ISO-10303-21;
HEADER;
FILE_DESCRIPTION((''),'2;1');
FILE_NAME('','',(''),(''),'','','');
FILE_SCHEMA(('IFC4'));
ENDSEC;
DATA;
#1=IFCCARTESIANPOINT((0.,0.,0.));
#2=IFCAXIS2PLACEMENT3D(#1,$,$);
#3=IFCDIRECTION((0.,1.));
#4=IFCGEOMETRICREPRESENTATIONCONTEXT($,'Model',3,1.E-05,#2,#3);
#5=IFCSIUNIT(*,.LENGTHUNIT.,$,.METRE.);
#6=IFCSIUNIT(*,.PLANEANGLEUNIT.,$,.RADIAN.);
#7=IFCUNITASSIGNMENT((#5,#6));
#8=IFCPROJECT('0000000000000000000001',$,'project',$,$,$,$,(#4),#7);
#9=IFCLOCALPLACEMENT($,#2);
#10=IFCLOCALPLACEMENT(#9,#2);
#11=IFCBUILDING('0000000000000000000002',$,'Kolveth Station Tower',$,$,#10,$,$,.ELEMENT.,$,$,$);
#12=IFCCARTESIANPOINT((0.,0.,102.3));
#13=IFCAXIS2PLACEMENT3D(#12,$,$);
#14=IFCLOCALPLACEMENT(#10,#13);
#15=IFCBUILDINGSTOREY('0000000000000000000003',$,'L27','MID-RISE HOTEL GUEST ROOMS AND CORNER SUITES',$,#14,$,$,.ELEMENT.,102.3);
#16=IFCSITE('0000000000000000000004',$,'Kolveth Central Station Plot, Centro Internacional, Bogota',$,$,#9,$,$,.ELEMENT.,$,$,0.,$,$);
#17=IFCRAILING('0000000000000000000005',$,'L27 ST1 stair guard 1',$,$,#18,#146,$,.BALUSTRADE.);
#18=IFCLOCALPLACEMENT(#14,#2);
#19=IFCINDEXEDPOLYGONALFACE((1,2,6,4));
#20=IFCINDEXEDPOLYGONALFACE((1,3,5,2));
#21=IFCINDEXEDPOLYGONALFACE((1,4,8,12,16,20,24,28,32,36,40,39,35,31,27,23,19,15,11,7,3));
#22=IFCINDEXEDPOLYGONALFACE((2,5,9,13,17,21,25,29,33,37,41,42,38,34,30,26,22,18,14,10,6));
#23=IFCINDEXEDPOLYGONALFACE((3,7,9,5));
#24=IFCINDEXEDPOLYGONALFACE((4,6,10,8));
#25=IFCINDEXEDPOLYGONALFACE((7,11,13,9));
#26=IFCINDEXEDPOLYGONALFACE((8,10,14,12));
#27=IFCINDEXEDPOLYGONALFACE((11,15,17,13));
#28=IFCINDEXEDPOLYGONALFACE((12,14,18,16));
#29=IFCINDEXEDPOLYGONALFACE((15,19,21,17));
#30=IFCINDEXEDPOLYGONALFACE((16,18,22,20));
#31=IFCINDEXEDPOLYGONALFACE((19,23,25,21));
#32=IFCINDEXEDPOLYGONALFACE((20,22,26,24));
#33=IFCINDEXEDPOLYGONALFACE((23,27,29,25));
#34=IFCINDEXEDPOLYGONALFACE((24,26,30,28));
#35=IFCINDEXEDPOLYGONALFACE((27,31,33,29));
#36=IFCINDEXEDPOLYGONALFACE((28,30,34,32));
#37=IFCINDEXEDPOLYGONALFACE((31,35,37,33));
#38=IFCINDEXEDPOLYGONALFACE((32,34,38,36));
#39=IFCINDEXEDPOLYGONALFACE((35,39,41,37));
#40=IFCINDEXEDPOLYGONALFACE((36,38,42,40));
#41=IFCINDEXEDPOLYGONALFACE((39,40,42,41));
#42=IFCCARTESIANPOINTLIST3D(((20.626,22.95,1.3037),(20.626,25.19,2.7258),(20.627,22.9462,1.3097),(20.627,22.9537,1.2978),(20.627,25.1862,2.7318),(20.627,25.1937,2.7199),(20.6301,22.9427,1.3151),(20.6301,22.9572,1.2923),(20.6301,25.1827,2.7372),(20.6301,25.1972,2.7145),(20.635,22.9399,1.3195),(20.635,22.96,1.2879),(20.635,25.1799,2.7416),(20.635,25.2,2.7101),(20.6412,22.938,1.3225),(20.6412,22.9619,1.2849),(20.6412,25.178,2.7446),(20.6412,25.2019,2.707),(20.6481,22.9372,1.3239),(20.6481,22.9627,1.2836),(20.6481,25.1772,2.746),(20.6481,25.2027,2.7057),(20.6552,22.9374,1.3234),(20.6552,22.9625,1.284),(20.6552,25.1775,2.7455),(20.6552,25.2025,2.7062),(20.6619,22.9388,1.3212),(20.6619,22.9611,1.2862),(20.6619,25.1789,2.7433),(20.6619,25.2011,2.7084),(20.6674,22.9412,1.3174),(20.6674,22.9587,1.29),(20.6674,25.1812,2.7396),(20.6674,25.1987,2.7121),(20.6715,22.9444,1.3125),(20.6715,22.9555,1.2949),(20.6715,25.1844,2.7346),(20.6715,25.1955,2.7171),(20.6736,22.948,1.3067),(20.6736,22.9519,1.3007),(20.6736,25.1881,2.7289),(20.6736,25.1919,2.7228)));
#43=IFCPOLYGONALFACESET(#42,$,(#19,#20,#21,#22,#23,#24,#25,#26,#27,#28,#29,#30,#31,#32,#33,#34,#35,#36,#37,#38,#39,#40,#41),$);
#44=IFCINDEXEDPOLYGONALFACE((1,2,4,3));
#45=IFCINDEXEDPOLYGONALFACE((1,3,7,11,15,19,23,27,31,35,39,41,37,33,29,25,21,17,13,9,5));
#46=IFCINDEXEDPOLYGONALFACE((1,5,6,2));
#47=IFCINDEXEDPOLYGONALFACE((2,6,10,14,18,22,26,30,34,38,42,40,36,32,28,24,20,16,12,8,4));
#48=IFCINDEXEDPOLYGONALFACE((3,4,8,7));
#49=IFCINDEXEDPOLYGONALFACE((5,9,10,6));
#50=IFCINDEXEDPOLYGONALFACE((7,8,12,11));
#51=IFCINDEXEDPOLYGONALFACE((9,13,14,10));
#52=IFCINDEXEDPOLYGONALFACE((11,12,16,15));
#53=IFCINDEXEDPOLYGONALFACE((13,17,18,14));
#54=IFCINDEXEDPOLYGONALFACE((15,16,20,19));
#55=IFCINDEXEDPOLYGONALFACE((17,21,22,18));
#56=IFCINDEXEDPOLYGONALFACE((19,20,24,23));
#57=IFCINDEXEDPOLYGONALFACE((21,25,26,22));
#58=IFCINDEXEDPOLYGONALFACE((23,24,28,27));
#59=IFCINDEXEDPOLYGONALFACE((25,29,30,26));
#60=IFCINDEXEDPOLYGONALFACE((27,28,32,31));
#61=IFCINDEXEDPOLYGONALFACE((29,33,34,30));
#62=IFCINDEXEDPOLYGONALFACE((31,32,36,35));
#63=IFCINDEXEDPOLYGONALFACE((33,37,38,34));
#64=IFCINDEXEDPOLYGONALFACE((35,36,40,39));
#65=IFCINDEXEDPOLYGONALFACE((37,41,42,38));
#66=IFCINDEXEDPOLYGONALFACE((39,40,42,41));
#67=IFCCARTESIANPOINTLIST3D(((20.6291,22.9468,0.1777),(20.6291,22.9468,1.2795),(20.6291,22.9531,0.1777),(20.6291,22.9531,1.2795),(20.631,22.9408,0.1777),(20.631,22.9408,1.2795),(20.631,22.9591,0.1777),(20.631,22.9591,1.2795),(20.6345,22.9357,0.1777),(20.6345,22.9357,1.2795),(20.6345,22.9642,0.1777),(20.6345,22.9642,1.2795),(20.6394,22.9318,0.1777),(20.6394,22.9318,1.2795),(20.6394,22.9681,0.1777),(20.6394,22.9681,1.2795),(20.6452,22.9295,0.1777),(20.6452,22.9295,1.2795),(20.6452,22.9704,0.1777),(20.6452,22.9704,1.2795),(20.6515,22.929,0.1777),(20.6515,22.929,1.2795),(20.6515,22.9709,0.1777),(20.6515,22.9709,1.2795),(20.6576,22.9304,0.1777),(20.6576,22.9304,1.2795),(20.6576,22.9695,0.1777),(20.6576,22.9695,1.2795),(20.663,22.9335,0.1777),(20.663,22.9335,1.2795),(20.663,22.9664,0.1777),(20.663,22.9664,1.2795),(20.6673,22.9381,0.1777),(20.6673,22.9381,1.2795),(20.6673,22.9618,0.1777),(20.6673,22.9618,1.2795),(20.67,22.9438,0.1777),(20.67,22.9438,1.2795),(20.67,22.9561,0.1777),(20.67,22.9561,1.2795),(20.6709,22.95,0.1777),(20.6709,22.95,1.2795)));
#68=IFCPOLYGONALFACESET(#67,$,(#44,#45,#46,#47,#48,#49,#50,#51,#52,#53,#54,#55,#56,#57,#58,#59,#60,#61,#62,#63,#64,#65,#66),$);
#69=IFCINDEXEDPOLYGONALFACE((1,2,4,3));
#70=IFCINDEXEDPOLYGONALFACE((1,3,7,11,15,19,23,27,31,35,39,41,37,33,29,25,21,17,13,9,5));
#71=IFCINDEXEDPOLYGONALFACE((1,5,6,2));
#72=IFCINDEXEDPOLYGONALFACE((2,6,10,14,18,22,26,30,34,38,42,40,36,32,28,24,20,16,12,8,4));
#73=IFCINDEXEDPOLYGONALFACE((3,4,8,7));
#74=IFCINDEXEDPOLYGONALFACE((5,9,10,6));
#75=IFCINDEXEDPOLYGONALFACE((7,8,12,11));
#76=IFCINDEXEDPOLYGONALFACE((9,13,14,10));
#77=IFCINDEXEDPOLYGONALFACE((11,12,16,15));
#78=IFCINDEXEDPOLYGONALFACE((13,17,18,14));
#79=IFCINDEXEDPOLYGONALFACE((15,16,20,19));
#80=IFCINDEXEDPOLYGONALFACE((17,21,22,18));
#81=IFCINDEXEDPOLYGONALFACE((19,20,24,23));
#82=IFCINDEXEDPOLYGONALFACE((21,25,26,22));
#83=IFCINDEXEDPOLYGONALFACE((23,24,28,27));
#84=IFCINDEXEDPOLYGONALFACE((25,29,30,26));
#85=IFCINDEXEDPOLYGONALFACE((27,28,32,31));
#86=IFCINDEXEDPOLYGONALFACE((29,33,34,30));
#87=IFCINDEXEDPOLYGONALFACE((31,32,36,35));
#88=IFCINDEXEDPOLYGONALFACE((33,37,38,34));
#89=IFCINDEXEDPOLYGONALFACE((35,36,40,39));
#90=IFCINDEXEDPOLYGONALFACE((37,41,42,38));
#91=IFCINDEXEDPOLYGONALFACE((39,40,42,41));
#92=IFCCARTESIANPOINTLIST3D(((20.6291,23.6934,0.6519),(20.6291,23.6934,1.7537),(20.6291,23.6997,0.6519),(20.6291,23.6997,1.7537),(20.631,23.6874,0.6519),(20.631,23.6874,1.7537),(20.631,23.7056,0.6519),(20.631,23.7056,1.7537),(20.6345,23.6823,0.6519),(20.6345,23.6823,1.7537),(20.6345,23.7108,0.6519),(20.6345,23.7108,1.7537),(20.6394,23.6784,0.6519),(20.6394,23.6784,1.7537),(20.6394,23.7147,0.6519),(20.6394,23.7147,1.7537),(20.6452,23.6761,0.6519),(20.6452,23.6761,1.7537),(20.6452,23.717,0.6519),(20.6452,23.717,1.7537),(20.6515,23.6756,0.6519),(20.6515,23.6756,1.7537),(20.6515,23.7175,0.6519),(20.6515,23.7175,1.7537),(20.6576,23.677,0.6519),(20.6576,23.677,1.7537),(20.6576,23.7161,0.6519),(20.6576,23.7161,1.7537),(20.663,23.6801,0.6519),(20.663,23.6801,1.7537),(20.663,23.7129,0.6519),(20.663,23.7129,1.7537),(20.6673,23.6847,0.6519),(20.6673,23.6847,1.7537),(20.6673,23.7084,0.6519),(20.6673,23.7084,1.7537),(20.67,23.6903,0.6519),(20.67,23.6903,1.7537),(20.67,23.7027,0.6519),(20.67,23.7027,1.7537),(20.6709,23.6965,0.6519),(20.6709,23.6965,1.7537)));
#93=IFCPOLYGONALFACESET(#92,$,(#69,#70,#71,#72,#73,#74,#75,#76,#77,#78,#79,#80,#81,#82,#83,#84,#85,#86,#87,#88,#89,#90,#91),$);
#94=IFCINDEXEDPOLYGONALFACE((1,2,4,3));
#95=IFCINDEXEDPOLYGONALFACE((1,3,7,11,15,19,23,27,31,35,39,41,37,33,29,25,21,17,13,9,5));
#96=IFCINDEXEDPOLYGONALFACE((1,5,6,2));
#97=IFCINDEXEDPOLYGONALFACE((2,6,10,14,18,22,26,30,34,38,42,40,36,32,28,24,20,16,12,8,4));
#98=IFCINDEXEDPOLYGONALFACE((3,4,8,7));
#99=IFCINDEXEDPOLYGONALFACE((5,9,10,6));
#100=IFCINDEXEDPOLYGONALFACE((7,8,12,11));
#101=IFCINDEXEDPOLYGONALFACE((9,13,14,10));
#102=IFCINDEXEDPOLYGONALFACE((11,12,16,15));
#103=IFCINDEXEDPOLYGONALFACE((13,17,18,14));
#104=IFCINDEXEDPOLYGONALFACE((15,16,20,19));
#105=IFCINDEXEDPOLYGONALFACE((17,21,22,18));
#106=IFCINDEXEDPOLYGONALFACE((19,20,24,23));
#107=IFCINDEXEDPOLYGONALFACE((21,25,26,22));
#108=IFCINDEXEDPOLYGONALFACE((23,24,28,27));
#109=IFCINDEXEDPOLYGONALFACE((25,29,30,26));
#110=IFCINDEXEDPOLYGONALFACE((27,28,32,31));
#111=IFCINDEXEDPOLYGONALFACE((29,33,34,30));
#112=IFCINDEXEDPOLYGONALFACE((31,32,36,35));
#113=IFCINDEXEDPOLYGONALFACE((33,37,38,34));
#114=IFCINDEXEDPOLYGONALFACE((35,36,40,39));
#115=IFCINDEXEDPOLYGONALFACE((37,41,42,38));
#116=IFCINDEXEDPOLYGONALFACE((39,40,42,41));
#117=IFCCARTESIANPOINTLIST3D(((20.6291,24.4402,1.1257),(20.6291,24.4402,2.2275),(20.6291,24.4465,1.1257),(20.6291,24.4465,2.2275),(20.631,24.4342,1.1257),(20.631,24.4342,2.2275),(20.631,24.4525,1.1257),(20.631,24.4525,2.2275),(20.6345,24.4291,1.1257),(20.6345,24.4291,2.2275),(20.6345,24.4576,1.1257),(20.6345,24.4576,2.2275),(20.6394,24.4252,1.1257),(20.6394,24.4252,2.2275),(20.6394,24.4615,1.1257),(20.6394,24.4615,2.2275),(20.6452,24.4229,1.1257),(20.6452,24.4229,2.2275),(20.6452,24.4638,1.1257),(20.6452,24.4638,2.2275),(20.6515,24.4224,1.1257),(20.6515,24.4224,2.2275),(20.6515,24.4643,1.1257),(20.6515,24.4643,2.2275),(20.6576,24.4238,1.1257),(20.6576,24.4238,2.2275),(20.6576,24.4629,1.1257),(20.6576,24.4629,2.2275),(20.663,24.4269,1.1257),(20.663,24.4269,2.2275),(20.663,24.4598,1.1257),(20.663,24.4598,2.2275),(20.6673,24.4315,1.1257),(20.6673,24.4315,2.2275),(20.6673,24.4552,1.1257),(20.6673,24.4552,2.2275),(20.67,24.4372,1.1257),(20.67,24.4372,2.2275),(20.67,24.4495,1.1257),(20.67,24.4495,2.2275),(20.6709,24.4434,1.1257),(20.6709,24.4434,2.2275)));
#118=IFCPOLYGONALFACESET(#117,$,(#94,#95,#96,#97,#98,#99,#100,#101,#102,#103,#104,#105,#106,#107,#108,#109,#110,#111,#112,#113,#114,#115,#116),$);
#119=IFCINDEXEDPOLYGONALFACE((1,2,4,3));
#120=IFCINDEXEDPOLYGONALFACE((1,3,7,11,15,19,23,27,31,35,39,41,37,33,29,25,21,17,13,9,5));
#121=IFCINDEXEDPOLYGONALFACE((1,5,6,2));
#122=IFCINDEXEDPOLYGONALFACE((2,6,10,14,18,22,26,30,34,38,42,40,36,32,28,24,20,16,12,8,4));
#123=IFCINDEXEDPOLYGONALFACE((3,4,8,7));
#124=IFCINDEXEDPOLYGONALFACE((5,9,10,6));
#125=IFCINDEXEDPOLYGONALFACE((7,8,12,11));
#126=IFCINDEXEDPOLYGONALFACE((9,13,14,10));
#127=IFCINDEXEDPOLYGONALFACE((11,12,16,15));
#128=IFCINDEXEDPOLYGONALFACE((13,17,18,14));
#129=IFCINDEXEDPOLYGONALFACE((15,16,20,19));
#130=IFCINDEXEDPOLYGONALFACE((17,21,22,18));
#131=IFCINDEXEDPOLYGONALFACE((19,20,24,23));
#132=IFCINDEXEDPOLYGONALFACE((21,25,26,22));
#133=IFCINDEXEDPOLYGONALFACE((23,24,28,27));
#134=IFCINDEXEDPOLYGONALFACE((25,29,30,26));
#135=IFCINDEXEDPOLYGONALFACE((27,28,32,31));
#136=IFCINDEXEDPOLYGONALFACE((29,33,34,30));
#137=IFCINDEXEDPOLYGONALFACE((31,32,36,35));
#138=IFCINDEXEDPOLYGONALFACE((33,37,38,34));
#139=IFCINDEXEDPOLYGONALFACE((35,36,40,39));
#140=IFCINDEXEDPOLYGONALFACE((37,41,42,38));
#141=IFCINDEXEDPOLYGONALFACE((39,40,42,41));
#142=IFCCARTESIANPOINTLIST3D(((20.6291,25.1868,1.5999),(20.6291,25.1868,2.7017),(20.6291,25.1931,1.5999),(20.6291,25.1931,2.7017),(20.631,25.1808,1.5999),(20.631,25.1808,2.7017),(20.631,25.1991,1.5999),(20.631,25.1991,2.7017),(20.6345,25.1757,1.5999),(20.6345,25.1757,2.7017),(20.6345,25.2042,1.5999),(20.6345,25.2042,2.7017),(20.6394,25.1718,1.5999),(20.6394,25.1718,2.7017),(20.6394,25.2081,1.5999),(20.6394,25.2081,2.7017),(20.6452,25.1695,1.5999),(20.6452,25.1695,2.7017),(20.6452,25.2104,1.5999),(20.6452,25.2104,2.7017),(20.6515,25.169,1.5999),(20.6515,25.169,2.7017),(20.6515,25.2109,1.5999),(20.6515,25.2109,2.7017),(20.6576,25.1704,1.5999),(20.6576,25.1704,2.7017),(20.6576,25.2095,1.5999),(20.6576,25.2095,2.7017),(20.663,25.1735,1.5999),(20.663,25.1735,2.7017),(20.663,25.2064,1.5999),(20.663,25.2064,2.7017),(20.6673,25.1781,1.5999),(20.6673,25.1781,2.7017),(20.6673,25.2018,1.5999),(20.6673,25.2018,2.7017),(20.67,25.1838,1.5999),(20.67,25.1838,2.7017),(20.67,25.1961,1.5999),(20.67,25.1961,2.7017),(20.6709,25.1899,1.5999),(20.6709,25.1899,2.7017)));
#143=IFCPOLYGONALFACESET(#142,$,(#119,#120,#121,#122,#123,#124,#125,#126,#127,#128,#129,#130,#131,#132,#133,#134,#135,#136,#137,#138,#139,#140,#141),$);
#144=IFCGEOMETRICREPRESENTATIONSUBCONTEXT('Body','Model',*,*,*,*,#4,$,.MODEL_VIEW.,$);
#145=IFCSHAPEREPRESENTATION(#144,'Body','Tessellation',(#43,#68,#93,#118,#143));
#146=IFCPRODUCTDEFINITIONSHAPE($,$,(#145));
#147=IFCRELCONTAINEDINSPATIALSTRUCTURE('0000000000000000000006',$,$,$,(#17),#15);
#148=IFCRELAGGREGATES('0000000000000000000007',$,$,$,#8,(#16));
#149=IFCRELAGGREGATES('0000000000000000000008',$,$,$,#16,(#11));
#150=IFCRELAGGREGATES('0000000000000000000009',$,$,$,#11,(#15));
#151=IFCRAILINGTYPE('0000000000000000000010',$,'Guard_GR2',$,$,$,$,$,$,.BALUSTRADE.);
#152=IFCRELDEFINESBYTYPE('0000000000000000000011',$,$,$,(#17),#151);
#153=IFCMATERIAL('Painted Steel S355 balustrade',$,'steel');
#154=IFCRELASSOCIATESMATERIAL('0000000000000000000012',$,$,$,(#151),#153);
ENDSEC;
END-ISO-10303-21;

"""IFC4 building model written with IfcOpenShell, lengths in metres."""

from ifc_helpers import new_model, si_unit, direction, frame, origin, origin_2d, place, context, subcontext, project, spatial, circle, extrude, material, type_object, element, save


model = new_model("IFC4")

# Units and contexts
model_context = context("Model", 3, precision=1e-05, world=origin(), true_north=direction((0.0, 1.0)))
body_context = subcontext(model_context, "Body", "Model", "MODEL_VIEW")
ifc_project = project(units=[si_unit("LENGTHUNIT", "METRE"), si_unit("PLANEANGLEUNIT", "RADIAN")], contexts=[model_context])

# Site, building, storey
site_placement = place(None, origin())
site = spatial("IfcSite", under=ifc_project, at=site_placement, Name="Kolveth Central Station Plot, Centro Internacional, Bogota", CompositionType="ELEMENT", RefElevation=0.0)
building_placement = place(site_placement, origin())
building = spatial("IfcBuilding", under=site, at=building_placement, Name="Kolveth Station Tower", CompositionType="ELEMENT")
storey_placement = place(building_placement, frame((0.0, 0.0, 102.3)))
storey = spatial("IfcBuildingStorey", under=building, at=storey_placement, Name="L27", Description="MID-RISE HOTEL GUEST ROOMS AND CORNER SUITES", CompositionType="ELEMENT", Elevation=102.3)

# Railing
ifc_material_1 = material(Name="Painted Steel S355 balustrade", Category="steel")
railing_type_1 = type_object("IfcRailingType", Name="Guard_GR2", PredefinedType="BALUSTRADE", material=ifc_material_1)
railing_1_placement = place(storey_placement, frame((20.6499, 22.95, 0.1777)))
element("IfcRailing", 1, at=railing_1_placement, inside=storey, type_object=railing_type_1, Name="L27 ST1 stair guard 1", PredefinedType="BALUSTRADE", context=body_context, shape_type="SweptSolid", body=[
    extrude(circle(Radius=0.0239, at=origin_2d()), frame((0.0, 0.0, 1.126), z_axis=(0.0, 0.844229, 0.535982), x_axis=(-1.0, 0.0, 0.0)), (0.0, 0.0, 1.0), 2.6533),
    extrude(circle(Radius=0.021, at=origin_2d()), origin(), (0.0, 0.0, 1.0), 1.1018),
    extrude(circle(Radius=0.021, at=origin_2d()), frame((0.0, 0.7466, 0.4741)), (0.0, 0.0, 1.0), 1.1018),
    extrude(circle(Radius=0.021, at=origin_2d()), frame((0.0, 1.4934, 0.948)), (0.0, 0.0, 1.0), 1.1018),
    extrude(circle(Radius=0.021, at=origin_2d()), frame((0.0, 2.24, 1.4221)), (0.0, 0.0, 1.0), 1.1018),
])

save(model, "model.ifc")
